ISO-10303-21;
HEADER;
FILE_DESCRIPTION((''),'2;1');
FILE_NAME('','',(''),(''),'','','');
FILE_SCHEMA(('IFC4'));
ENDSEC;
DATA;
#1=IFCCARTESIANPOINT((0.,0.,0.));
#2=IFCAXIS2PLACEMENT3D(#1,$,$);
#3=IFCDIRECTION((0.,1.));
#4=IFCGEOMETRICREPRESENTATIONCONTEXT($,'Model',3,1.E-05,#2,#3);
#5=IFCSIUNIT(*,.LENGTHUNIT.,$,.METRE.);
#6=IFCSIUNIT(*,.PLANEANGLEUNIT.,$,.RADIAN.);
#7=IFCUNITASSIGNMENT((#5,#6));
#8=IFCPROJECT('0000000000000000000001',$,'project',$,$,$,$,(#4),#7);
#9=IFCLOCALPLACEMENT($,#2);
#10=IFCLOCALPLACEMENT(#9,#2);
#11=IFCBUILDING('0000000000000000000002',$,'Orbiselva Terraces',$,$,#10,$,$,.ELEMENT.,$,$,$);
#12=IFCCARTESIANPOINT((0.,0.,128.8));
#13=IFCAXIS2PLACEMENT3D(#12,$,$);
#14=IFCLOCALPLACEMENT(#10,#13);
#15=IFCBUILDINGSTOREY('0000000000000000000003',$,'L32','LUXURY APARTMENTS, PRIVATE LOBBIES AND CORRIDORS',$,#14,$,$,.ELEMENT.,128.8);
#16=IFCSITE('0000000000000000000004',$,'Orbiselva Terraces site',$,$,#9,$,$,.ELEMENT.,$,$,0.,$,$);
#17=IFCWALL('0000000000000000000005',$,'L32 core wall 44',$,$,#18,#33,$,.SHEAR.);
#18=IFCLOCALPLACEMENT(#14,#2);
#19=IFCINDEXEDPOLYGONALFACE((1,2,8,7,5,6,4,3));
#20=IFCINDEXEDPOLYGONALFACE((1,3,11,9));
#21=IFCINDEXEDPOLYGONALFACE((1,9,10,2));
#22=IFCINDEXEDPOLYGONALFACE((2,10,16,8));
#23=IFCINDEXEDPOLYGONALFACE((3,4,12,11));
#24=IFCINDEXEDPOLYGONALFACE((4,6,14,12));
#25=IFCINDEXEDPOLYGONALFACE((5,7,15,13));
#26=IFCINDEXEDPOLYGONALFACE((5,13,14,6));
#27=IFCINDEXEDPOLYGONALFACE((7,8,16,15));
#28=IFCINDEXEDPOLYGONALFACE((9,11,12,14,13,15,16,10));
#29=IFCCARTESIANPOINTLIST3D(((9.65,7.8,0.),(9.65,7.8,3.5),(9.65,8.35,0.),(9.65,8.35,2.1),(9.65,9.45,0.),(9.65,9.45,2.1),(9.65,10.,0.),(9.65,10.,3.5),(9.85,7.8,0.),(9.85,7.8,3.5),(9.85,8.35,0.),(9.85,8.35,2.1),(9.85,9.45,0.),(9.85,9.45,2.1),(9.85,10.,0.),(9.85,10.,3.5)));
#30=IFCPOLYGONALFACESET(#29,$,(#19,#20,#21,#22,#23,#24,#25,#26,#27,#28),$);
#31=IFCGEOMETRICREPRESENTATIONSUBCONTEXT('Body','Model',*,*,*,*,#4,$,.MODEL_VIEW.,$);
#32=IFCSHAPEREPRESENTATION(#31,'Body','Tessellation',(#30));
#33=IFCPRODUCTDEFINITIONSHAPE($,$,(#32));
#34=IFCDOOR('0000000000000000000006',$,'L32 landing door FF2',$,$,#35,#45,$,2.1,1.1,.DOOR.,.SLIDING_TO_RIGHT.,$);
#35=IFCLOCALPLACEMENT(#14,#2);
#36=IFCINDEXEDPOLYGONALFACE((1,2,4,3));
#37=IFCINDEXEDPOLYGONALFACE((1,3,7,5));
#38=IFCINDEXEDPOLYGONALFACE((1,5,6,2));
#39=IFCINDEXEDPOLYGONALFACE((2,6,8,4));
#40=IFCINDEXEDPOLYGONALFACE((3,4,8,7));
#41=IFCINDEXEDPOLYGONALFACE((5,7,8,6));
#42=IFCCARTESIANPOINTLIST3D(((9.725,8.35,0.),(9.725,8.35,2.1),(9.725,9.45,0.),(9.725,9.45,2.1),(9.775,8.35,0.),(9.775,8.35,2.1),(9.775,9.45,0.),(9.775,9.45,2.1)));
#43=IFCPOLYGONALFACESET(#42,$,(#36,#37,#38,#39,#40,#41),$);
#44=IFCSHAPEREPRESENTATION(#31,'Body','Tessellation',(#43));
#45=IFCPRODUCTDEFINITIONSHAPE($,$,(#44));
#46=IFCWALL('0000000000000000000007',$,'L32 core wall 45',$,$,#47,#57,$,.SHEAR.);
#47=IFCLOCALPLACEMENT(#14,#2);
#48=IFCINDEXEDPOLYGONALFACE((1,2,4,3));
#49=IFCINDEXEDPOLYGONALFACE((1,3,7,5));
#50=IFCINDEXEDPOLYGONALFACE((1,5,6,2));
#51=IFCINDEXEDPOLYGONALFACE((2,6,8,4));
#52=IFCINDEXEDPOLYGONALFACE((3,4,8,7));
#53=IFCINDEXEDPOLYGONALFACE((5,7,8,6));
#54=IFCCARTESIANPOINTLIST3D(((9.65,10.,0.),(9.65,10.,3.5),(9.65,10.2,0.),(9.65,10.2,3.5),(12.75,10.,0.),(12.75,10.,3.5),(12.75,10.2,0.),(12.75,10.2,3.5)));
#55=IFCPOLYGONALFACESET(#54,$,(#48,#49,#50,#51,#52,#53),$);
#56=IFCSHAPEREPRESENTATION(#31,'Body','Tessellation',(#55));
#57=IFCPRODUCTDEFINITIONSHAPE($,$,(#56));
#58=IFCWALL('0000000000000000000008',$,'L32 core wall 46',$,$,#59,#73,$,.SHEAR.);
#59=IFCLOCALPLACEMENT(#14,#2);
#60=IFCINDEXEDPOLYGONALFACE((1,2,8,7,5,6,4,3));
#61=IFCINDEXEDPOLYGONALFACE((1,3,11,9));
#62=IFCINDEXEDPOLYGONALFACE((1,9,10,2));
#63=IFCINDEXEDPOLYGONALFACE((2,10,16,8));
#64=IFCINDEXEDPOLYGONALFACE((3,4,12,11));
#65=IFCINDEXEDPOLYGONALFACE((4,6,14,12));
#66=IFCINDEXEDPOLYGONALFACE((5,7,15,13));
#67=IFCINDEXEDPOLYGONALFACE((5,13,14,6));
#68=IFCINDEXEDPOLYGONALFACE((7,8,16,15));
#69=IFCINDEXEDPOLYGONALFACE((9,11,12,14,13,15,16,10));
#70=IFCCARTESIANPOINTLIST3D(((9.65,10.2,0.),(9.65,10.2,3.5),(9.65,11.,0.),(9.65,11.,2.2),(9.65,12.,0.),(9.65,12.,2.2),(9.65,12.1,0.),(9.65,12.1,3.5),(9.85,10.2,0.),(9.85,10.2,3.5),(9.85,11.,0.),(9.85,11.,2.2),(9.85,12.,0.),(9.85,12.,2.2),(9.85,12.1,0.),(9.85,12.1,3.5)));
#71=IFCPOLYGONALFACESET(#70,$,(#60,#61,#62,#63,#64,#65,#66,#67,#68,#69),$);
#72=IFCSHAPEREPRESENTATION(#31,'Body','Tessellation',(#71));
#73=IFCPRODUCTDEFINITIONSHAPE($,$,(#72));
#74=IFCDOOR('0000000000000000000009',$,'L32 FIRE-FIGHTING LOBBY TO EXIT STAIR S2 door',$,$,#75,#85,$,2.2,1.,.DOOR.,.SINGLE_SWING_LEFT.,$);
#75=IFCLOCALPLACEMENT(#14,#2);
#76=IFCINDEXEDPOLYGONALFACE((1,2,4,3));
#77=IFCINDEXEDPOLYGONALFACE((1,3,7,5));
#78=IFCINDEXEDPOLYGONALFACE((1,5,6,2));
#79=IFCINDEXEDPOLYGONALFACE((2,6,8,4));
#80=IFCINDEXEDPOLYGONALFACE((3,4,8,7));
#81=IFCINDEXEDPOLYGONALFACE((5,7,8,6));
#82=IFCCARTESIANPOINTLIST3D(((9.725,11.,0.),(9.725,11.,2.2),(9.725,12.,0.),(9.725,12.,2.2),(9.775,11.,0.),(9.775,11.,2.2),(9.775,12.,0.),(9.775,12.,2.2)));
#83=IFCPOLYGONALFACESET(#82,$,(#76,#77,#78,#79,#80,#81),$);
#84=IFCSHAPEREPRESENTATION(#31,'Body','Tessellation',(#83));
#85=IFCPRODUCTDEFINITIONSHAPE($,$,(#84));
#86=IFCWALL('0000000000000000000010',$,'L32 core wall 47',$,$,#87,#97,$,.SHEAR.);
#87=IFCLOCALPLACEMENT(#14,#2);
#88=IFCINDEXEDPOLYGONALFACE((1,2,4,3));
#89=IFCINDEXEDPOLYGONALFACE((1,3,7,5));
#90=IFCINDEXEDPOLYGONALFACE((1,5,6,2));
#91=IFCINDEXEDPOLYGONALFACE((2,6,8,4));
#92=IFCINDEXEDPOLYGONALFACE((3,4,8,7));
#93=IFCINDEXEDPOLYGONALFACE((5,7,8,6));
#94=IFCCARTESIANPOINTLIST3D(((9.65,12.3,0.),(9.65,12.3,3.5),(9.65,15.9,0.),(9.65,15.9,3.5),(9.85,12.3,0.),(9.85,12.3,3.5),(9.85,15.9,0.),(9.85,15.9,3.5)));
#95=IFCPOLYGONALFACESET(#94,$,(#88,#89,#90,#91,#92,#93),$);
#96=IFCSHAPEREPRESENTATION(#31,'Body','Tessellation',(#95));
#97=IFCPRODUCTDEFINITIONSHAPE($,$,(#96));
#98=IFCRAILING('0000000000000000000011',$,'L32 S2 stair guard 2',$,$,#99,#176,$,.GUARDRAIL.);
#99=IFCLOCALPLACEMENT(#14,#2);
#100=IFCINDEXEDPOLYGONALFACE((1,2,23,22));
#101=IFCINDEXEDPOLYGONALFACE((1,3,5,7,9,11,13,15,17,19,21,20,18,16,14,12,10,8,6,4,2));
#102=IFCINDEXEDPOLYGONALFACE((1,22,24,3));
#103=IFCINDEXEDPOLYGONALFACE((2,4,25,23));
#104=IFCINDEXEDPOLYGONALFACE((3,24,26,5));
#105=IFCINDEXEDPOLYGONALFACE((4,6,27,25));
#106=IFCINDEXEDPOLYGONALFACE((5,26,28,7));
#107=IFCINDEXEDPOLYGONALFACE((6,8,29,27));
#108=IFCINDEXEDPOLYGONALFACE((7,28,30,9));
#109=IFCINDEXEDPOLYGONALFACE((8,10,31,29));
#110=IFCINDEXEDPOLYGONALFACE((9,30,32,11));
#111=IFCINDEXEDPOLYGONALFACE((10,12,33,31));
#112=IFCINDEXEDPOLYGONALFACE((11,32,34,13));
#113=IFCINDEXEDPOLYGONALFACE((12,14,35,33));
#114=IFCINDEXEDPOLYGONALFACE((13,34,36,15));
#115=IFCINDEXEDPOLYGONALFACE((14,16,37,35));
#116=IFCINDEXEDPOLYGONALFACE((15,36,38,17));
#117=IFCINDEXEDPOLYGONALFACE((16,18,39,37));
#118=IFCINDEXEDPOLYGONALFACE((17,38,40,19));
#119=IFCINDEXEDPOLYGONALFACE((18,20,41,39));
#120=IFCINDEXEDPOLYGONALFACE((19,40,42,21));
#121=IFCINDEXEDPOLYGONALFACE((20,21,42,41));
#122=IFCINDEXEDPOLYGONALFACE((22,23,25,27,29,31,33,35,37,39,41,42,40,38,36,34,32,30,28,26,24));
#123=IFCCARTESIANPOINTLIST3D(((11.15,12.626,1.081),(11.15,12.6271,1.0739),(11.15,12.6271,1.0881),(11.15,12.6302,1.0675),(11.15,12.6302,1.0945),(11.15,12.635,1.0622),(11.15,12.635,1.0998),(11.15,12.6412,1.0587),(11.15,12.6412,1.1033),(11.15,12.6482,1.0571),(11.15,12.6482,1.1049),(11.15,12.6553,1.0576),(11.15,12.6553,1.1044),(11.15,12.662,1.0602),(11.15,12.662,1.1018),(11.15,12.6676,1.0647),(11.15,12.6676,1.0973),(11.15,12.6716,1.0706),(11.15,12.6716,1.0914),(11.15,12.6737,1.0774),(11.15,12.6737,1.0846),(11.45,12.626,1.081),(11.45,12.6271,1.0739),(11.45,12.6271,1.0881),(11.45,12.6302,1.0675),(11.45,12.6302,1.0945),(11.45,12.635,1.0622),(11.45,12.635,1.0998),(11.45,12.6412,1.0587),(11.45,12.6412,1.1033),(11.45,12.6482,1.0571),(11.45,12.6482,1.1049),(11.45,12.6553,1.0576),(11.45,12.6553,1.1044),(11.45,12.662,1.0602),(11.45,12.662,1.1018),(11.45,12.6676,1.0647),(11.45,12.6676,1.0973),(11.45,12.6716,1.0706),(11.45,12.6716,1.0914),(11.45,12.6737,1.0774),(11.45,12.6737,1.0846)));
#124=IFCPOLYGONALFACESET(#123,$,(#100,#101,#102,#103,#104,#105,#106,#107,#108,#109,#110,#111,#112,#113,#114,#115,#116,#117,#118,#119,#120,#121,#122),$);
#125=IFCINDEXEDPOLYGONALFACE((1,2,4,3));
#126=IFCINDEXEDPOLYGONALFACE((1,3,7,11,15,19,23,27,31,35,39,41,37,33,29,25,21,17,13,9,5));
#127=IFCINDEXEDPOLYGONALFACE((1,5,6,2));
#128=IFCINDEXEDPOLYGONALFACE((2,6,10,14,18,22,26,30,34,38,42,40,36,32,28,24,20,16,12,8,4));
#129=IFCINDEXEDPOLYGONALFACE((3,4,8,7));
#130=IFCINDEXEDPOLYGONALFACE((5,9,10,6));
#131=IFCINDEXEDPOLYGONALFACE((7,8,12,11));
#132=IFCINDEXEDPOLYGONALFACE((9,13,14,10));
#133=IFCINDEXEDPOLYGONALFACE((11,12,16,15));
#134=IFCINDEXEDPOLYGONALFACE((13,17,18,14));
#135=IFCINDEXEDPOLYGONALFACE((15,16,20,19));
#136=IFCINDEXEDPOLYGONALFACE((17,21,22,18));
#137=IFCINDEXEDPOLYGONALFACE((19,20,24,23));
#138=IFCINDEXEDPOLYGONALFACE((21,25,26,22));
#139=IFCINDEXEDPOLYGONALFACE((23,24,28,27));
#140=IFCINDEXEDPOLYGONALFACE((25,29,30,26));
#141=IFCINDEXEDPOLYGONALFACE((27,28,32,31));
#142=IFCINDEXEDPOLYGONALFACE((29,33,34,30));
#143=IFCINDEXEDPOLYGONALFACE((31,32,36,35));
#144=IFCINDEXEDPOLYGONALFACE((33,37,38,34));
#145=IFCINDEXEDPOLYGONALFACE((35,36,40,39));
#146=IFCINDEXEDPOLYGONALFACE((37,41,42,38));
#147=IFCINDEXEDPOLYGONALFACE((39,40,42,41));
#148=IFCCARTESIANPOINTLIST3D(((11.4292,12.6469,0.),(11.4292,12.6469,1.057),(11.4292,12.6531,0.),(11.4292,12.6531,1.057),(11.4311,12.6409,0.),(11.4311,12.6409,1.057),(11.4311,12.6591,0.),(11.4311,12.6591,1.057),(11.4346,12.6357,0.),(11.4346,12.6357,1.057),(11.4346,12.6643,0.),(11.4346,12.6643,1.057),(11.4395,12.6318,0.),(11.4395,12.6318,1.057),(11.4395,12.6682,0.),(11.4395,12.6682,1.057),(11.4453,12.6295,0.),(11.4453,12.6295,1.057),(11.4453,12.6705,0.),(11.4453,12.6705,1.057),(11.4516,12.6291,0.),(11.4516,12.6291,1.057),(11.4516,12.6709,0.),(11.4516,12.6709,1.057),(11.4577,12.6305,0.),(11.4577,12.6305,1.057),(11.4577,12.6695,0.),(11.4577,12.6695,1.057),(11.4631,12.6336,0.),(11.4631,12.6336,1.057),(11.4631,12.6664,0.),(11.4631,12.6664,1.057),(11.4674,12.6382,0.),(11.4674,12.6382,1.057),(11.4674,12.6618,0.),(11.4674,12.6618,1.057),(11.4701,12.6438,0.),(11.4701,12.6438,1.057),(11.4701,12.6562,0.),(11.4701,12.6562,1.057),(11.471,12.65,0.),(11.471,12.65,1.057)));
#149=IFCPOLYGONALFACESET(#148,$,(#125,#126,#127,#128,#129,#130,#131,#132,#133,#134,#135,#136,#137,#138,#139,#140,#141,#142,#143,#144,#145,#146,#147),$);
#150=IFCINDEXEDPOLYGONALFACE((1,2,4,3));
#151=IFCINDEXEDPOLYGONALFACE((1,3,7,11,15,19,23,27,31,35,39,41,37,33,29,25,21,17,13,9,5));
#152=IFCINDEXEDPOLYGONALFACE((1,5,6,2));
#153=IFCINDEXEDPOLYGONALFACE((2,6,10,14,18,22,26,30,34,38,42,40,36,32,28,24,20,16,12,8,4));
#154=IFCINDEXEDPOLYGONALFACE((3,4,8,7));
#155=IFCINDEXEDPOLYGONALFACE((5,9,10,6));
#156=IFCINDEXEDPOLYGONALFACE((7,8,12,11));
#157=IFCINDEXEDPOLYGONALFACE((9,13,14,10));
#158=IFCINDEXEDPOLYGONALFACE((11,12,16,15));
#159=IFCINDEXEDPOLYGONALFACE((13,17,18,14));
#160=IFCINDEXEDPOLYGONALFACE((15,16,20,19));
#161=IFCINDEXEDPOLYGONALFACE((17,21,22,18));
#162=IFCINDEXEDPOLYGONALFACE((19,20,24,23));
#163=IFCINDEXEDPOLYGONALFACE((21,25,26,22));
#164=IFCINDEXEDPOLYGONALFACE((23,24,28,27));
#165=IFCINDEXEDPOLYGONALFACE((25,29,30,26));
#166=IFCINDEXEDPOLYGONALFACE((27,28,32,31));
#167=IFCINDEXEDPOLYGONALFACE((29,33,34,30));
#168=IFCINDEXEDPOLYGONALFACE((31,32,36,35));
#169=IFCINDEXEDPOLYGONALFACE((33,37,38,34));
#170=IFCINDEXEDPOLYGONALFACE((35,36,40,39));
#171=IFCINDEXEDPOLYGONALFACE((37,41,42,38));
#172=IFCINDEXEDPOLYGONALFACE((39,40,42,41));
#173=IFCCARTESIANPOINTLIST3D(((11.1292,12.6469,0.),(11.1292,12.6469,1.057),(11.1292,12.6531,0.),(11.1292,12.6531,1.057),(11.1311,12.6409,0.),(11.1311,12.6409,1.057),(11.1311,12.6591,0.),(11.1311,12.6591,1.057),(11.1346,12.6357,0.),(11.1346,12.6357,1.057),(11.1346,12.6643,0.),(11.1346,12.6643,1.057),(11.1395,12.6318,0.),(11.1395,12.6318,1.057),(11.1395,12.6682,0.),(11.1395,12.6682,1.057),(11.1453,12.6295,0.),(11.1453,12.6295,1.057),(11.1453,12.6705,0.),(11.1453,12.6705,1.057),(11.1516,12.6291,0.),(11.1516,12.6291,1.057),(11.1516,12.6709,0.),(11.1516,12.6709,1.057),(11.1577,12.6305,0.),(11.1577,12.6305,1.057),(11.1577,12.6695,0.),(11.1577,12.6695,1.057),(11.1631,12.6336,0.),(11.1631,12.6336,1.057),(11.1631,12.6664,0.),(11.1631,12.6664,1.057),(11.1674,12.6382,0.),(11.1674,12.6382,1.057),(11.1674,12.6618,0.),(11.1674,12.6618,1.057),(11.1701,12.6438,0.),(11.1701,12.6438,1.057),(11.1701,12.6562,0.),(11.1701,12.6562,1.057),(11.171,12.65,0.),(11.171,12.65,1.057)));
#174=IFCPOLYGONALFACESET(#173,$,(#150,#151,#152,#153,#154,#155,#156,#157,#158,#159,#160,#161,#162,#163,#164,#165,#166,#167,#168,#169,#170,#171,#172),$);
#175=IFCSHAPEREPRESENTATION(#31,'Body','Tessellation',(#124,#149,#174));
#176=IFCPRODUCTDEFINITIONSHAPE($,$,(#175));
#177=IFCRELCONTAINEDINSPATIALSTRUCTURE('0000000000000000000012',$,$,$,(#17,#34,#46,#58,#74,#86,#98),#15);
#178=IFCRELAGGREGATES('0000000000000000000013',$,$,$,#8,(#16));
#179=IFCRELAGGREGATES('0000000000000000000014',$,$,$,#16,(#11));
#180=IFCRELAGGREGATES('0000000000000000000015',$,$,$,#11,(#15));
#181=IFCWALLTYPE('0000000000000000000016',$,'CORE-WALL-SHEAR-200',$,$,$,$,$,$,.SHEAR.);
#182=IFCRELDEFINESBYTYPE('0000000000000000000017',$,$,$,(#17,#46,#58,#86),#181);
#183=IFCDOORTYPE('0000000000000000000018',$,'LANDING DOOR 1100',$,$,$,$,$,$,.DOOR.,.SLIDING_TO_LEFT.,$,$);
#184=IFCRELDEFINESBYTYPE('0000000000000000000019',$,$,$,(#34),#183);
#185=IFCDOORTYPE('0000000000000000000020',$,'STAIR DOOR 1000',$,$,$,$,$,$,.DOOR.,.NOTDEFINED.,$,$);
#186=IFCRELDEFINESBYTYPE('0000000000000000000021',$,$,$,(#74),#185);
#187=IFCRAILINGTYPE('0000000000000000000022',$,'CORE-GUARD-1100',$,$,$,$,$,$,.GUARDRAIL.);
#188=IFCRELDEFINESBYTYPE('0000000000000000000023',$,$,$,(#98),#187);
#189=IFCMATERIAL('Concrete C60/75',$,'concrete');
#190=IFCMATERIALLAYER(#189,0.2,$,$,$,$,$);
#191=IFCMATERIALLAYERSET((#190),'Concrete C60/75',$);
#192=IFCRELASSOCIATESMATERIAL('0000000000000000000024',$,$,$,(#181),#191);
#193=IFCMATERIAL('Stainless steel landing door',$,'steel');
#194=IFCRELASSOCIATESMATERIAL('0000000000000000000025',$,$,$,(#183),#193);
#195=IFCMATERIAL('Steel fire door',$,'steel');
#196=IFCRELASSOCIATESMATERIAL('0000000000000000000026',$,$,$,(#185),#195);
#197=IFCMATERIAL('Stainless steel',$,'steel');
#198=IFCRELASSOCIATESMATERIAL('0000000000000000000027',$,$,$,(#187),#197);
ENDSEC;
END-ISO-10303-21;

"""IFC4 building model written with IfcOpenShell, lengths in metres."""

from ifc_helpers import new_model, si_unit, direction, frame, frame_2d, origin, origin_2d, place, context, subcontext, project, spatial, rectangle, circle, extrude, material, layer, layer_set, type_object, element, fill, save


model = new_model("IFC4")

# Units and contexts
model_context = context("Model", 3, precision=1e-05, world=origin(), true_north=direction((0.0, 1.0)))
body_context = subcontext(model_context, "Body", "Model", "MODEL_VIEW")
ifc_project = project(units=[si_unit("LENGTHUNIT", "METRE"), si_unit("PLANEANGLEUNIT", "RADIAN")], contexts=[model_context])

# Site, building, storey
site_placement = place(None, origin())
site = spatial("IfcSite", under=ifc_project, at=site_placement, Name="Orbiselva Terraces site", CompositionType="ELEMENT", RefElevation=0.0)
building_placement = place(site_placement, origin())
building = spatial("IfcBuilding", under=site, at=building_placement, Name="Orbiselva Terraces", CompositionType="ELEMENT")
storey_placement = place(building_placement, frame((0.0, 0.0, 128.8)))
storey = spatial("IfcBuildingStorey", under=building, at=storey_placement, Name="L32", Description="LUXURY APARTMENTS, PRIVATE LOBBIES AND CORRIDORS", CompositionType="ELEMENT", Elevation=128.8)

# Shared definitions
ifc_material_1 = material(Name="Concrete C60/75", Category="concrete")
ifc_layer_1 = layer(ifc_material_1, 0.2)
ifc_layer_set_1 = layer_set([ifc_layer_1], Name="Concrete C60/75")
wall_type_1 = type_object("IfcWallType", Name="CORE-WALL-SHEAR-200", PredefinedType="SHEAR", material=ifc_layer_set_1)
ifc_material_2 = material(Name="Steel fire door", Category="steel")

# Shared definitions
ifc_material_3 = material(Name="Stainless steel landing door", Category="steel")
door_type_1 = type_object("IfcDoorType", Name="LANDING DOOR 1100", OperationType="SLIDING_TO_LEFT", PredefinedType="DOOR", material=ifc_material_3)

# Wall, opening, door
wall_1_placement = place(storey_placement, frame((9.75, 7.8, 0.0), z_axis=(0.0, 0.0, 1.0), x_axis=(0.0, 1.0, 0.0)))
wall_1 = element("IfcWall", 1, at=wall_1_placement, inside=storey, type_object=wall_type_1, Name="L32 core wall 44", PredefinedType="SHEAR", context=body_context, shape_type="SweptSolid", body=[
    extrude(rectangle(XDim=2.2, YDim=0.2, at=frame_2d((1.1, 0.0))), origin(), (0.0, 0.0, 1.0), 3.5),
])
opening_1_placement = place(wall_1_placement, frame((0.55, 0.0, 0.0)))
opening_1 = element("IfcOpeningElement", 2, at=opening_1_placement, cuts=wall_1, PredefinedType="OPENING", context=body_context, shape_type="SweptSolid", body=[
    extrude(rectangle(XDim=1.1, YDim=2.1, at=frame_2d((0.55, 1.05))), frame((0.0, 0.11, 0.0), z_axis=(0.0, -1.0, 0.0), x_axis=(1.0, 0.0, 0.0)), (0.0, 0.0, 1.0), 0.22),
])
door_1_placement = place(opening_1_placement, origin())
door_1 = element("IfcDoor", 3, at=door_1_placement, inside=storey, type_object=door_type_1, Name="L32 landing door FF2", OperationType="SLIDING_TO_RIGHT", OverallHeight=2.1, OverallWidth=1.1, PredefinedType="DOOR", context=body_context, shape_type="SweptSolid", body=[
    extrude(rectangle(XDim=1.1, YDim=2.1, at=frame_2d((0.55, 1.05))), frame((0.0, 0.025, 0.0), z_axis=(0.0, -1.0, 0.0), x_axis=(1.0, 0.0, 0.0)), (0.0, 0.0, 1.0), 0.05),
])
fill(opening_1, door_1)

# Wall
wall_2_placement = place(storey_placement, frame((9.65, 10.1, 0.0), z_axis=(0.0, 0.0, 1.0), x_axis=(1.0, 0.0, 0.0)))
element("IfcWall", 4, at=wall_2_placement, inside=storey, type_object=wall_type_1, Name="L32 core wall 45", PredefinedType="SHEAR", context=body_context, shape_type="SweptSolid", body=[
    extrude(rectangle(XDim=3.1, YDim=0.2, at=frame_2d((1.55, 0.0))), origin(), (0.0, 0.0, 1.0), 3.5),
])

# Wall, opening, door
wall_3_placement = place(storey_placement, frame((9.75, 12.1, 0.0), z_axis=(0.0, 0.0, 1.0), x_axis=(0.0, -1.0, 0.0)))
wall_3 = element("IfcWall", 5, at=wall_3_placement, inside=storey, type_object=wall_type_1, Name="L32 core wall 46", PredefinedType="SHEAR", context=body_context, shape_type="SweptSolid", body=[
    extrude(rectangle(XDim=1.9, YDim=0.2, at=frame_2d((0.95, 0.0))), origin(), (0.0, 0.0, 1.0), 3.5),
])
opening_2_placement = place(wall_3_placement, frame((0.1, 0.0, 0.0)))
opening_2 = element("IfcOpeningElement", 6, at=opening_2_placement, cuts=wall_3, PredefinedType="OPENING", context=body_context, shape_type="SweptSolid", body=[
    extrude(rectangle(XDim=1.0, YDim=2.2, at=frame_2d((0.5, 1.1))), frame((0.0, 0.11, 0.0), z_axis=(0.0, -1.0, 0.0), x_axis=(1.0, 0.0, 0.0)), (0.0, 0.0, 1.0), 0.22),
])
door_type_2 = type_object("IfcDoorType", Name="STAIR DOOR 1000", OperationType="NOTDEFINED", PredefinedType="DOOR", material=ifc_material_2)
door_2_placement = place(opening_2_placement, origin())
door_2 = element("IfcDoor", 7, at=door_2_placement, inside=storey, type_object=door_type_2, Name="L32 FIRE-FIGHTING LOBBY TO EXIT STAIR S2 door", OperationType="SINGLE_SWING_LEFT", OverallHeight=2.2, OverallWidth=1.0, PredefinedType="DOOR", context=body_context, shape_type="SweptSolid", body=[
    extrude(rectangle(XDim=1.0, YDim=2.2, at=frame_2d((0.5, 1.1))), frame((0.0, 0.025, 0.0), z_axis=(0.0, -1.0, 0.0), x_axis=(1.0, 0.0, 0.0)), (0.0, 0.0, 1.0), 0.05),
])
fill(opening_2, door_2)

# Wall
wall_4_placement = place(storey_placement, frame((9.75, 12.3, 0.0), z_axis=(0.0, 0.0, 1.0), x_axis=(0.0, 1.0, 0.0)))
element("IfcWall", 8, at=wall_4_placement, inside=storey, type_object=wall_type_1, Name="L32 core wall 47", PredefinedType="SHEAR", context=body_context, shape_type="SweptSolid", body=[
    extrude(rectangle(XDim=3.6, YDim=0.2, at=frame_2d((1.8, 0.0))), origin(), (0.0, 0.0, 1.0), 3.5),
])

# Railing
ifc_material_4 = material(Name="Stainless steel", Category="steel")
railing_type = type_object("IfcRailingType", Name="CORE-GUARD-1100", PredefinedType="GUARDRAIL", material=ifc_material_4)
railing_1_placement = place(storey_placement, frame((11.45, 12.65, 0.0)))
element("IfcRailing", 9, at=railing_1_placement, inside=storey, type_object=railing_type, Name="L32 S2 stair guard 2", PredefinedType="GUARDRAIL", context=body_context, shape_type="SweptSolid", body=[
    extrude(circle(Radius=0.024, at=origin_2d()), frame((0.0, 0.0, 1.081), z_axis=(-1.0, 0.0, 0.0), x_axis=(0.0, -1.0, 0.0)), (0.0, 0.0, 1.0), 0.3),
    extrude(circle(Radius=0.021, at=origin_2d()), origin(), (0.0, 0.0, 1.0), 1.057),
    extrude(circle(Radius=0.021, at=origin_2d()), frame((-0.3, 0.0, 0.0)), (0.0, 0.0, 1.0), 1.057),
])

save(model, "model.ifc")
